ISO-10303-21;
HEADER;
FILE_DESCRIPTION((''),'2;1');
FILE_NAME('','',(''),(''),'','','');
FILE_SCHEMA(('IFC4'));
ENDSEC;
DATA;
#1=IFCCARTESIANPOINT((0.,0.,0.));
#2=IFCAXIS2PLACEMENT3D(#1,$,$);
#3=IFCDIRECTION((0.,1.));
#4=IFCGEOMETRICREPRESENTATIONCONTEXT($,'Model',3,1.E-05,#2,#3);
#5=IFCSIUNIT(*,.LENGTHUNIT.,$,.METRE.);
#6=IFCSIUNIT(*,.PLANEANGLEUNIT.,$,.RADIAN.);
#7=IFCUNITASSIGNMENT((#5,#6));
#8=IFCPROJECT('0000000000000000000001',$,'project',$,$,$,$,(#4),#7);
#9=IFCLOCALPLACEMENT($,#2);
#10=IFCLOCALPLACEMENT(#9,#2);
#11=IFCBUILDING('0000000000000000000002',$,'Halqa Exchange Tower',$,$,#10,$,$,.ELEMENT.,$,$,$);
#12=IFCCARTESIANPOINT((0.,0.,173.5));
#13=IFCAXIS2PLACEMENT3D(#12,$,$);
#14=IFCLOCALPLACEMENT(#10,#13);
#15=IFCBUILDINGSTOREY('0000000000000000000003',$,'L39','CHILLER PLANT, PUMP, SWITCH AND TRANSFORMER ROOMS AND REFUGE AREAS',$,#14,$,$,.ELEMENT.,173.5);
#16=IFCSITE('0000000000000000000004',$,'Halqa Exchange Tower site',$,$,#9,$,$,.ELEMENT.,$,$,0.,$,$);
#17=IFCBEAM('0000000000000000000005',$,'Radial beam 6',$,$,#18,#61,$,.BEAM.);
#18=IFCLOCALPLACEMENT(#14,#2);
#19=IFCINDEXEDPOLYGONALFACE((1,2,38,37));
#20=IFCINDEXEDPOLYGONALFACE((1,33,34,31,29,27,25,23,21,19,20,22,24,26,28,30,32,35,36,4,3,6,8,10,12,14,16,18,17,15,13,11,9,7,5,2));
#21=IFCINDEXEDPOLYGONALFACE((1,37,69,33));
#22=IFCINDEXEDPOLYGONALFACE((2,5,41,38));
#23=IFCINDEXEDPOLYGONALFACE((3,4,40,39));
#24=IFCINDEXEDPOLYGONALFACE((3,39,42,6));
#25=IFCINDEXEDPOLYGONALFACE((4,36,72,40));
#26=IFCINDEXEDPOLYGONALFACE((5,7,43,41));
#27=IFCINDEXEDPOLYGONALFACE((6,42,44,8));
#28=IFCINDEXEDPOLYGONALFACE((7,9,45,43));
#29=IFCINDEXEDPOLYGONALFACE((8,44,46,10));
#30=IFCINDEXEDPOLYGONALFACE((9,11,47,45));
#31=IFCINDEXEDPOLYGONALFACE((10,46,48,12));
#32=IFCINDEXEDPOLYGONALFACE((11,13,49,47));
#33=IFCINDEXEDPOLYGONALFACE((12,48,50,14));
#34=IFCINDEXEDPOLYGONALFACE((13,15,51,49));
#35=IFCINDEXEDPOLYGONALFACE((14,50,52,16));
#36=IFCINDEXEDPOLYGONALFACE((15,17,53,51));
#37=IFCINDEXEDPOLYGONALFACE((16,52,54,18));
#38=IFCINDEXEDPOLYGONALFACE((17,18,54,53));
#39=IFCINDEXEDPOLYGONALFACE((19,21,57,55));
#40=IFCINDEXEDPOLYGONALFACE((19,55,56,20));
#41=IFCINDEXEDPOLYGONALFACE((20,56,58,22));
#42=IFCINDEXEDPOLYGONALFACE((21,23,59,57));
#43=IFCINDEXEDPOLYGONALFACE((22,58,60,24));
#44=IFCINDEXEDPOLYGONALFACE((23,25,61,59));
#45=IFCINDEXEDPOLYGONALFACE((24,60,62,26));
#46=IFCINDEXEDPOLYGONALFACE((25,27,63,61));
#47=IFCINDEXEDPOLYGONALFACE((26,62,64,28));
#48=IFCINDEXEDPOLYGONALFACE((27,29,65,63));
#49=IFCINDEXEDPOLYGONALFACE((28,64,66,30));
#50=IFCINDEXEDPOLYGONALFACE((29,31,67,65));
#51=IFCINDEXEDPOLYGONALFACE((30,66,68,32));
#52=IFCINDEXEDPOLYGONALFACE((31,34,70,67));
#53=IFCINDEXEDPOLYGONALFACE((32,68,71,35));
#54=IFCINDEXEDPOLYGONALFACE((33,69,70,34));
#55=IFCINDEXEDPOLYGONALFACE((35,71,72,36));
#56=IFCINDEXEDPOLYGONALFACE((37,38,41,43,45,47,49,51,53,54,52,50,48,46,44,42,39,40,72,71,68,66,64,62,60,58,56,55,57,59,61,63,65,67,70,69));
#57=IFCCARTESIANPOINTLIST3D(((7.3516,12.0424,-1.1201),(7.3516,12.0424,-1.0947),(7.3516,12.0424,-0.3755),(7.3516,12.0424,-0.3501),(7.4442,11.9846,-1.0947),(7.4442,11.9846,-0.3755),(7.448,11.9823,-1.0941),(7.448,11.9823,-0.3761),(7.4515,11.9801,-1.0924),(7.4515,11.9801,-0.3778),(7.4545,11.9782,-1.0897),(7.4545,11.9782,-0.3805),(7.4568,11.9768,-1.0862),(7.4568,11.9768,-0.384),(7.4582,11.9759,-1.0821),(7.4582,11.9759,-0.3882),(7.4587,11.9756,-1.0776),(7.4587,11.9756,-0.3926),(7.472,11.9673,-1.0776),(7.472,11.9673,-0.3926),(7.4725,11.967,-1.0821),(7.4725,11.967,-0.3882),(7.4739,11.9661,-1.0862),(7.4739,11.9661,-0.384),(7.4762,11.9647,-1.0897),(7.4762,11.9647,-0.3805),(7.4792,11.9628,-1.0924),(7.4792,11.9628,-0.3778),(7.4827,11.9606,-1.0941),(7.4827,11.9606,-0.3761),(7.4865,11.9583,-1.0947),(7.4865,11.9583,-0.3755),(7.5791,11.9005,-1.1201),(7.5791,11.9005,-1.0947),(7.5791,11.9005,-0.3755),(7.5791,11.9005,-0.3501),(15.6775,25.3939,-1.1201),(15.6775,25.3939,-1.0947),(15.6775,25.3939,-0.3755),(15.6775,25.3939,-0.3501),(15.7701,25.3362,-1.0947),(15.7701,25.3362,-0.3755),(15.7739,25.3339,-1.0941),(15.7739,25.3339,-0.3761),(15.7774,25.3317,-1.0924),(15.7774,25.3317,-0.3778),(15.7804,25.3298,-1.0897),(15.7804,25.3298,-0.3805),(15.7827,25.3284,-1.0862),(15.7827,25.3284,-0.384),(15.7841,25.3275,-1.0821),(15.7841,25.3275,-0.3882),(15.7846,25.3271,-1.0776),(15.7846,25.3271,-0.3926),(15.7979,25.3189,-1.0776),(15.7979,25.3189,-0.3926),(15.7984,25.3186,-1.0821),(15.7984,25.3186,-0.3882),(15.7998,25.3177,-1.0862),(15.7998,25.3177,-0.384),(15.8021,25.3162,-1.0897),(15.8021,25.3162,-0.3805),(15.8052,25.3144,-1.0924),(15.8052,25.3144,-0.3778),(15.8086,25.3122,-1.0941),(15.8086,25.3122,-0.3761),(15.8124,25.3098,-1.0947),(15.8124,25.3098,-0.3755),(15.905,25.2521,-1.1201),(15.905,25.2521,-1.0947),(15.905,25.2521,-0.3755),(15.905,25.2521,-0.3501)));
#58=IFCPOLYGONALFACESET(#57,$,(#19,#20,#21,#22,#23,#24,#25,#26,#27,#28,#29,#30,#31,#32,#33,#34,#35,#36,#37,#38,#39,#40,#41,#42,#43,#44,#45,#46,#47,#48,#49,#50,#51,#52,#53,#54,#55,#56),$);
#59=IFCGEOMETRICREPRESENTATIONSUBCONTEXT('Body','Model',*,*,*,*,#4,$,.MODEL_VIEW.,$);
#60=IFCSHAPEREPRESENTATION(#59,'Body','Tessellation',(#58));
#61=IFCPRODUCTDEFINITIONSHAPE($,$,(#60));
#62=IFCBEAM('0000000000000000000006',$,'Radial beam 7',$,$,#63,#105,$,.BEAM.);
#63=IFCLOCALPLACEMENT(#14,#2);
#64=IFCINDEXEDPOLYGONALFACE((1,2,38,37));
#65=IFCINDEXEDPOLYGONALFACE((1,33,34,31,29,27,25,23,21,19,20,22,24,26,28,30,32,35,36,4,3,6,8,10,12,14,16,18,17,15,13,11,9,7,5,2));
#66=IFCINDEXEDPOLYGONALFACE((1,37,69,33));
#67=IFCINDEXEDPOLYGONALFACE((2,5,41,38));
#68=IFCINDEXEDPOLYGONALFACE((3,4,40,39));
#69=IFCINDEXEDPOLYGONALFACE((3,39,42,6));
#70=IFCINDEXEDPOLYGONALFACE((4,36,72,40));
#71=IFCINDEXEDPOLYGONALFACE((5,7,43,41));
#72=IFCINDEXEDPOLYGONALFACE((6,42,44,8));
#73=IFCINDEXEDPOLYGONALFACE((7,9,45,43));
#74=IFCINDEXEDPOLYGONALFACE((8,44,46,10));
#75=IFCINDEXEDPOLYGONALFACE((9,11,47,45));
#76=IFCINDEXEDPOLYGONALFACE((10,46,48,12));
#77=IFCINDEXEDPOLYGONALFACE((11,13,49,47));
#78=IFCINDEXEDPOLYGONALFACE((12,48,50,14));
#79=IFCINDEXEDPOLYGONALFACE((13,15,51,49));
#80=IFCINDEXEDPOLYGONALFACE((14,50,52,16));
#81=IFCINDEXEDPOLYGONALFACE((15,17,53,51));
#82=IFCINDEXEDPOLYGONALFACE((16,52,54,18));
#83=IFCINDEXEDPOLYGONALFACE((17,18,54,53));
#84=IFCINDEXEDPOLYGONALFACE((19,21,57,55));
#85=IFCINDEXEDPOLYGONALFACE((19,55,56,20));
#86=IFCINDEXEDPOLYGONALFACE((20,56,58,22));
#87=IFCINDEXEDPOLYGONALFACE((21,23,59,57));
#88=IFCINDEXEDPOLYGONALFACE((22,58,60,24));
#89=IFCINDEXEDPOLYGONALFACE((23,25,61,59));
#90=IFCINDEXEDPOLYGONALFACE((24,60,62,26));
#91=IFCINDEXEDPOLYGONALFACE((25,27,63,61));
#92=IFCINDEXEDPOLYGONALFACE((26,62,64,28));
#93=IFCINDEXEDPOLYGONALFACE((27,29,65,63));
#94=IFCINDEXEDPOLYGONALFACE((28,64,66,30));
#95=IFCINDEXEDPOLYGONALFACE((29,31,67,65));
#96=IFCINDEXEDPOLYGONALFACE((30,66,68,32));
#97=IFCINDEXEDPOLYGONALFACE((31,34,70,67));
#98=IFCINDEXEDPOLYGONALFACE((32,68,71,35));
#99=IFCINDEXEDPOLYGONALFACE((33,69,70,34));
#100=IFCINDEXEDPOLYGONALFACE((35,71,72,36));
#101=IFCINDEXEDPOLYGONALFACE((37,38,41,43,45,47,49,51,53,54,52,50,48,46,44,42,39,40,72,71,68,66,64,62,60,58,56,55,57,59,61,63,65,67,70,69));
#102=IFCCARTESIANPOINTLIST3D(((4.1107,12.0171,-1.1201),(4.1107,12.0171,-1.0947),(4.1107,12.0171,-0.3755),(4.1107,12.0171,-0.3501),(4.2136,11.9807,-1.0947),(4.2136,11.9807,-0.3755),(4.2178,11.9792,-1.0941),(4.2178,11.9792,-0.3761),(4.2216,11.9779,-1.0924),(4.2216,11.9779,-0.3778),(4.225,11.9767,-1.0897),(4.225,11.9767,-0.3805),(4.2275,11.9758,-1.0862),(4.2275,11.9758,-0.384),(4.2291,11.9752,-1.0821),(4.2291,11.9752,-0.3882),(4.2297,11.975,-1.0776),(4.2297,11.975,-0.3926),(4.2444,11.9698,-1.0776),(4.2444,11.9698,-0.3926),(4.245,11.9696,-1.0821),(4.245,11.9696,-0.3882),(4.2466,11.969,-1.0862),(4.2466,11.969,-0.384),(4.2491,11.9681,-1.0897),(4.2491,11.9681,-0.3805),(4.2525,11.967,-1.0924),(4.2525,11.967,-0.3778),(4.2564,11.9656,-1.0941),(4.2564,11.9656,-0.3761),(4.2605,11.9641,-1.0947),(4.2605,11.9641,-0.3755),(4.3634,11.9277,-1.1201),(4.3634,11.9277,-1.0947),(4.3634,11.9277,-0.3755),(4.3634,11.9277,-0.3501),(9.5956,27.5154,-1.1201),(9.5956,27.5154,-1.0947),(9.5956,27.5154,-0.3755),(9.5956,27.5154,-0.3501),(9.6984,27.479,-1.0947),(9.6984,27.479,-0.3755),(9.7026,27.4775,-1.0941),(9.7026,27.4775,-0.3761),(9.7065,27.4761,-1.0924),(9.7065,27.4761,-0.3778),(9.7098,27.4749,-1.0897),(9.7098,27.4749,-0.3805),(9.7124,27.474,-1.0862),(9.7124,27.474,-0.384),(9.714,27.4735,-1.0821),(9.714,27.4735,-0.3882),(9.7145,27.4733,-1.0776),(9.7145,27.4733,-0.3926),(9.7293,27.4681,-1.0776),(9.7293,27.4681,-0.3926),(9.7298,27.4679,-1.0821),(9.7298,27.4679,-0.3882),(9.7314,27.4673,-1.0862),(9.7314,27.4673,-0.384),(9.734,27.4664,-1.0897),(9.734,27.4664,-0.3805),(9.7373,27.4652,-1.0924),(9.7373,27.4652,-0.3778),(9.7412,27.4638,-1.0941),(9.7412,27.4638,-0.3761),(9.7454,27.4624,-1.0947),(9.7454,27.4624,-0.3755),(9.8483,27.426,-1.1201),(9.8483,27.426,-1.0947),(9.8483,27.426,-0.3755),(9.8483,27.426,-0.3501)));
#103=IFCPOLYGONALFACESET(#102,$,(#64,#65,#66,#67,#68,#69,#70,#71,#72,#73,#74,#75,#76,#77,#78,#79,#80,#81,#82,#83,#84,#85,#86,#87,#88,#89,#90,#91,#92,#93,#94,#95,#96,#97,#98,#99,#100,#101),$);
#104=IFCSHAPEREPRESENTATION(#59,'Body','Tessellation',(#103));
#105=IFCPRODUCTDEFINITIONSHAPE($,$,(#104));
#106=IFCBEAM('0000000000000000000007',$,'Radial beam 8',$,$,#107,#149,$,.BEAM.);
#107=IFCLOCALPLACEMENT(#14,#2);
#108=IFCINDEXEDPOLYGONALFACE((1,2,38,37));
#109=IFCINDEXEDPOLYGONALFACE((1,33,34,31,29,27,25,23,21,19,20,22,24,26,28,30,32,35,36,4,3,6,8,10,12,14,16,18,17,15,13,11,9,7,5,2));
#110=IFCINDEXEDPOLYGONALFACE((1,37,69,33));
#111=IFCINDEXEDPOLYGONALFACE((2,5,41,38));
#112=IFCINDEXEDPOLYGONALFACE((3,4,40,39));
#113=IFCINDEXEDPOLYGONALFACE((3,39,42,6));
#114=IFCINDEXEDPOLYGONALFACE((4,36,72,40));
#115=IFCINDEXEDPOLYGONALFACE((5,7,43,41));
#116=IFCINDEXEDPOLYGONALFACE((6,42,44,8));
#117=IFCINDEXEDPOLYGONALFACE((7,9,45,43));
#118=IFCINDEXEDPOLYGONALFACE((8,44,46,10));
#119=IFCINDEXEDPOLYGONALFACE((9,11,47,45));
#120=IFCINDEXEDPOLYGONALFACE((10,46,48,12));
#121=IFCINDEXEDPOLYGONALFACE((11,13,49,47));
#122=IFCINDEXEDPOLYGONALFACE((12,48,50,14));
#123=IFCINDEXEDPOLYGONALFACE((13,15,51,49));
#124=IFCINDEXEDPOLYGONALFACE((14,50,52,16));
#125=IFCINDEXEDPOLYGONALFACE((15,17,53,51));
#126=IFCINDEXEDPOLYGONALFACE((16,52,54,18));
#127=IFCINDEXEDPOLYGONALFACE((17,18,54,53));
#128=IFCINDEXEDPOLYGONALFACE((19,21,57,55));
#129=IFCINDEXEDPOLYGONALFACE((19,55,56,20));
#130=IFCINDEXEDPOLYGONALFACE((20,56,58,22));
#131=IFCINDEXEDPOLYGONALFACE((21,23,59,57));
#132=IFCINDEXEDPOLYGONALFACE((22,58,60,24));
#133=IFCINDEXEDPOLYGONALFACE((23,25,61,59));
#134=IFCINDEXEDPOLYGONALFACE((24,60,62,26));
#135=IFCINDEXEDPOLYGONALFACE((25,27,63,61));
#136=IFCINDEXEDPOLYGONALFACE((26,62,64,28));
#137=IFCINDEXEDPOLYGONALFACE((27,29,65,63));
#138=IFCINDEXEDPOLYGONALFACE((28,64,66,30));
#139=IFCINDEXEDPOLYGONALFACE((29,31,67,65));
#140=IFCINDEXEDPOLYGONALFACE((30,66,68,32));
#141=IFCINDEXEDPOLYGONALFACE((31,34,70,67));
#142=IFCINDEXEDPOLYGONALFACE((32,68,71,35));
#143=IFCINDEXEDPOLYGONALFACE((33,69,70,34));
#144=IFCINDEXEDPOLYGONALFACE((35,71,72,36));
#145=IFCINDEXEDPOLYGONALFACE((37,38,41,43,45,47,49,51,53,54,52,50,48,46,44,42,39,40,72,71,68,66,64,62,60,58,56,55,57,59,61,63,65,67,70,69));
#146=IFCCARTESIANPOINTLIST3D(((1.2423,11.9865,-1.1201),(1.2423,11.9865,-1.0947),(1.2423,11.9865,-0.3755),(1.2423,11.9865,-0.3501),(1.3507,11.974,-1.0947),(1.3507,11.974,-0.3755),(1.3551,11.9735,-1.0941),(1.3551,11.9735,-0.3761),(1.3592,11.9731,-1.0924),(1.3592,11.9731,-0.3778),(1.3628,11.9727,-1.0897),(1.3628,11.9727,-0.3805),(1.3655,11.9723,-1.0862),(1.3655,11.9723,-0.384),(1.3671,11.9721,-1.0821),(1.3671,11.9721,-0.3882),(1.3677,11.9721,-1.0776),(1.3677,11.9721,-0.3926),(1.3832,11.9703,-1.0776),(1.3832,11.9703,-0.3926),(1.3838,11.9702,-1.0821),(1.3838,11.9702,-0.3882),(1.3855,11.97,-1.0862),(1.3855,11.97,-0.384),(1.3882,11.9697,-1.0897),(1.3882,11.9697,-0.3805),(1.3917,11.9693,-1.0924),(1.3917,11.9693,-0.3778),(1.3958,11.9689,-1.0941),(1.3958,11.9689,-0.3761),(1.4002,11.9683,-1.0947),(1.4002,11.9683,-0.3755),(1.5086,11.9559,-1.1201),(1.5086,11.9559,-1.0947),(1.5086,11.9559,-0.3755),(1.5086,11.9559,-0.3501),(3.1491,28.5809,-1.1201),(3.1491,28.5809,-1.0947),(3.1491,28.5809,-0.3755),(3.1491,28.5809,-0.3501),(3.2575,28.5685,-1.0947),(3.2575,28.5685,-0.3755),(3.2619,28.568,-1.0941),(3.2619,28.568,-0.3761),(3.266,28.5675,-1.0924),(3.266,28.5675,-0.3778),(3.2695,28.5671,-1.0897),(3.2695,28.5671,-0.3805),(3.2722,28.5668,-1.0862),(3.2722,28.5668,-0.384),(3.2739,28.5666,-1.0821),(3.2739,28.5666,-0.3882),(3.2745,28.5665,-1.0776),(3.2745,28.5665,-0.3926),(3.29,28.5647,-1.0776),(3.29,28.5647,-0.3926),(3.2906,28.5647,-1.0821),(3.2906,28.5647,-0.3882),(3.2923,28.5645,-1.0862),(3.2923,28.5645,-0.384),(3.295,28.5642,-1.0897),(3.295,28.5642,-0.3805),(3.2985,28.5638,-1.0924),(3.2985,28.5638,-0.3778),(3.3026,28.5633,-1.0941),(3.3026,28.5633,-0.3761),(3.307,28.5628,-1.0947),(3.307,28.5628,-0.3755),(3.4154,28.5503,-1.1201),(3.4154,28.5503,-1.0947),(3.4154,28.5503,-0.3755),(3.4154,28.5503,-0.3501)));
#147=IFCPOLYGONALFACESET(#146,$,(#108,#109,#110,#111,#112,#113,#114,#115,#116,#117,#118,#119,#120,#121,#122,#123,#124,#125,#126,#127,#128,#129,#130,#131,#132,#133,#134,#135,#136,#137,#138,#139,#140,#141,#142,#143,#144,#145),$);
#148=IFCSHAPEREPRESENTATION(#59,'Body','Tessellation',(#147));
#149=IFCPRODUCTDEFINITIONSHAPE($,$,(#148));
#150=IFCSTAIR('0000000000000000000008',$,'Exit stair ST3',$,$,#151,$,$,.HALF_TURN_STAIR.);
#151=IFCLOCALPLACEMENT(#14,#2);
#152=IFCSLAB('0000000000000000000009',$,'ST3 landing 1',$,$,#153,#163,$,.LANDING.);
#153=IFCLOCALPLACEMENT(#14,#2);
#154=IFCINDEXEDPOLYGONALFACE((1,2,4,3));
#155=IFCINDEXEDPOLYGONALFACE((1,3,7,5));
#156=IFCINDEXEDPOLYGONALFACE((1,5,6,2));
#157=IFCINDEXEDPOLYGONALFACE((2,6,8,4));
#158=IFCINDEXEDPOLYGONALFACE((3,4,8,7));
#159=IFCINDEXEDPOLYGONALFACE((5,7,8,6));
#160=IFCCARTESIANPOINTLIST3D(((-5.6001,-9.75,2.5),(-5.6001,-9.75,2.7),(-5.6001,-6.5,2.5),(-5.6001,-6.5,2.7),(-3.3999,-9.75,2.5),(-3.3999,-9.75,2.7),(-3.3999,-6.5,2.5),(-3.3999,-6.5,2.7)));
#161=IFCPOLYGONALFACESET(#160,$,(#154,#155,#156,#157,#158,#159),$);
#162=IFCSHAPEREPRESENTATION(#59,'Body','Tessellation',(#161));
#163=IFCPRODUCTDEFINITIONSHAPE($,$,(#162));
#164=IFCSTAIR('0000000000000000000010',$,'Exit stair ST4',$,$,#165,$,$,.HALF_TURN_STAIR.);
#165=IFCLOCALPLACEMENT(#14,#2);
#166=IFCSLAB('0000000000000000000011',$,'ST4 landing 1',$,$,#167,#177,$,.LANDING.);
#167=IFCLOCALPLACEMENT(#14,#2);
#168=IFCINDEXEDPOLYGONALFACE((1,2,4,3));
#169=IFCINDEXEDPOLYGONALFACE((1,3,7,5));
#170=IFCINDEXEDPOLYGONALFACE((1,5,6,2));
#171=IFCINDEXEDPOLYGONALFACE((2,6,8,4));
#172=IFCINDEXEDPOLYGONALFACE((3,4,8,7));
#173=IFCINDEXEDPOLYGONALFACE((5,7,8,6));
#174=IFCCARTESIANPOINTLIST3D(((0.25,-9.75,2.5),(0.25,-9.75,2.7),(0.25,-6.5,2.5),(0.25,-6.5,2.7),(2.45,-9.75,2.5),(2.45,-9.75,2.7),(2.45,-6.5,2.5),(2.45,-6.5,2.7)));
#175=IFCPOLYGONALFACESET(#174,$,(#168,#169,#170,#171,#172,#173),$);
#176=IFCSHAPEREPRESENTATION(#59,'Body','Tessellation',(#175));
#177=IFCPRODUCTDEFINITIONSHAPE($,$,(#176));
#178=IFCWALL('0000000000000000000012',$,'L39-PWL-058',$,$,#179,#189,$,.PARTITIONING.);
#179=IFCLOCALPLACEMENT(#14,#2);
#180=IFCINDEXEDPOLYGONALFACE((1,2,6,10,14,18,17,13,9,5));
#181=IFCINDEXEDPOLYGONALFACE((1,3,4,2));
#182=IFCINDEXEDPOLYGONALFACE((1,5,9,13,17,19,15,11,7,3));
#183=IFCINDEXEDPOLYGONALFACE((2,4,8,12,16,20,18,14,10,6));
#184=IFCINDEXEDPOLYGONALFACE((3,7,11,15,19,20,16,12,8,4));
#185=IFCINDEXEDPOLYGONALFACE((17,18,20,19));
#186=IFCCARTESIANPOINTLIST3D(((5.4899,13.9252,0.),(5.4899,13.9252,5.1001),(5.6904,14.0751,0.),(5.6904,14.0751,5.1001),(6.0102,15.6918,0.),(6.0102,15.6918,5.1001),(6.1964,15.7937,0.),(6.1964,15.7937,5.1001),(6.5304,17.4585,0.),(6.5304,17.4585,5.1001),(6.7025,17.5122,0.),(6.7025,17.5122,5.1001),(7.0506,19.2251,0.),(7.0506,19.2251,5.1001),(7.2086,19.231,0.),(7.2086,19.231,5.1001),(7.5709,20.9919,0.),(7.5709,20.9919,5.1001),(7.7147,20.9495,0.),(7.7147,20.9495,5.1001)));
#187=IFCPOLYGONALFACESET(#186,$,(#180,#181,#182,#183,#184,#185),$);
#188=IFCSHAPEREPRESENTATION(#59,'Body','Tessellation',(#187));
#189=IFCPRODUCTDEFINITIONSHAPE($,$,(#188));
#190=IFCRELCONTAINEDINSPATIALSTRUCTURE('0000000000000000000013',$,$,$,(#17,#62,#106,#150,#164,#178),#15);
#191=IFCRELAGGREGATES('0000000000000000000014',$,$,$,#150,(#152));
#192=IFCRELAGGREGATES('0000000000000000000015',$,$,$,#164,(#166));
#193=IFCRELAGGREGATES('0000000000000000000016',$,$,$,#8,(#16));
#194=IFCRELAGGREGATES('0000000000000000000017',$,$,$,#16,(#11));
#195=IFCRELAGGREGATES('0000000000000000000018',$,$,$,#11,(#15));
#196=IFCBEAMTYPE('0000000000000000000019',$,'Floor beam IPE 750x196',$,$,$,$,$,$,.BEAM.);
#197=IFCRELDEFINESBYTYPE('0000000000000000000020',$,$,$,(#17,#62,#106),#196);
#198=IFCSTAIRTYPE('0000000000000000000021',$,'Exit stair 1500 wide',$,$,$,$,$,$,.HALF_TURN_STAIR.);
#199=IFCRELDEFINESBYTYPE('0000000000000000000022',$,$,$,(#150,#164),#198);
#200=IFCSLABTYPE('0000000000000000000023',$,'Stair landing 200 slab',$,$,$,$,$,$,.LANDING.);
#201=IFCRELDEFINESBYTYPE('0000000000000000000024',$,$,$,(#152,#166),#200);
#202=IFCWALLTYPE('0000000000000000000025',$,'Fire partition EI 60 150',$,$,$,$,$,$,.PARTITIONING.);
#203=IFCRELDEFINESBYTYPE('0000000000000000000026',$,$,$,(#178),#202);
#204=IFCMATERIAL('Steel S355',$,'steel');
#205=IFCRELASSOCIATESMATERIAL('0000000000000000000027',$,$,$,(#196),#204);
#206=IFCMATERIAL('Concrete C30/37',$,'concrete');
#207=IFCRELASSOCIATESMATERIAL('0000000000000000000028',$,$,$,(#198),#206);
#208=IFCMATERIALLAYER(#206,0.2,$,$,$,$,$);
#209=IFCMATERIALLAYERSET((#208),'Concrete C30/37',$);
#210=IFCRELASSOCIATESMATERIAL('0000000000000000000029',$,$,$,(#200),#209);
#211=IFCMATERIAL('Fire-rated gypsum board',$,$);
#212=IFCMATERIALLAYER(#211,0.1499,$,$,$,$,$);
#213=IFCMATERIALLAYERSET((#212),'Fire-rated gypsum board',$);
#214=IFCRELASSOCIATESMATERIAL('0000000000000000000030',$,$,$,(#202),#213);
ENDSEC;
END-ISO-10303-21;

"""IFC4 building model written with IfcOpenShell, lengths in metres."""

from ifc_helpers import new_model, si_unit, direction, frame, origin, origin_2d, place, context, subcontext, project, spatial, polyline, i_section, outline, extrude, material, layer, layer_set, material_profile, profile_set, type_object, element, aggregate, save


model = new_model("IFC4")

# Units and contexts
model_context = context("Model", 3, precision=1e-05, world=origin(), true_north=direction((0.0, 1.0)))
body_context = subcontext(model_context, "Body", "Model", "MODEL_VIEW")
ifc_project = project(units=[si_unit("LENGTHUNIT", "METRE"), si_unit("PLANEANGLEUNIT", "RADIAN")], contexts=[model_context])

# Site, building, storey
site_placement = place(None, origin())
site = spatial("IfcSite", under=ifc_project, at=site_placement, Name="Halqa Exchange Tower site", CompositionType="ELEMENT", RefElevation=0.0)
building_placement = place(site_placement, origin())
building = spatial("IfcBuilding", under=site, at=building_placement, Name="Halqa Exchange Tower", CompositionType="ELEMENT")
storey_placement = place(building_placement, frame((0.0, 0.0, 173.5)))
storey = spatial("IfcBuildingStorey", under=building, at=storey_placement, Name="L39", Description="CHILLER PLANT, PUMP, SWITCH AND TRANSFORMER ROOMS AND REFUGE AREAS", CompositionType="ELEMENT", Elevation=173.5)

# Beams
ifc_material_1 = material(Name="Steel S355", Category="steel")
ifc_material_profile = material_profile(ifc_material_1, i_section(OverallWidth=0.2681, OverallDepth=0.77, WebThickness=0.0156, FlangeThickness=0.0254, FilletRadius=0.0171, at=origin_2d()), Name="IPE 750x196")
ifc_profile_set = profile_set([ifc_material_profile], Name="Steel S355")
beam_type = type_object("IfcBeamType", Name="Floor beam IPE 750x196", PredefinedType="BEAM", material=ifc_profile_set)
beam_1_placement = place(storey_placement, frame((7.4653, 11.9714, -0.7351), z_axis=(0.52914, 0.848535, 0.0), x_axis=(-0.848535, 0.52914, 0.0)))
element("IfcBeam", 1, at=beam_1_placement, inside=storey, type_object=beam_type, Name="Radial beam 6", PredefinedType="BEAM", context=body_context, shape_type="SweptSolid", body=[
    extrude(i_section(OverallWidth=0.2681, OverallDepth=0.77, WebThickness=0.0156, FlangeThickness=0.0254, FilletRadius=0.0171, at=origin_2d()), origin(), (0.0, 0.0, 1.0), 15.7349),
])
beam_2_placement = place(storey_placement, frame((4.2371, 11.9724, -0.7351), z_axis=(0.333625, 0.942706, 0.0), x_axis=(-0.942706, 0.333625, 0.0)))
element("IfcBeam", 2, at=beam_2_placement, inside=storey, type_object=beam_type, Name="Radial beam 7", PredefinedType="BEAM", context=body_context, shape_type="SweptSolid", body=[
    extrude(i_section(OverallWidth=0.2681, OverallDepth=0.77, WebThickness=0.0156, FlangeThickness=0.0254, FilletRadius=0.0171, at=origin_2d()), origin(), (0.0, 0.0, 1.0), 16.4402),
])
beam_3_placement = place(storey_placement, frame((1.3755, 11.9712, -0.7351), z_axis=(0.114151, 0.993463, 0.0), x_axis=(-0.993463, 0.114151, 0.0)))
element("IfcBeam", 3, at=beam_3_placement, inside=storey, type_object=beam_type, Name="Radial beam 8", PredefinedType="BEAM", context=body_context, shape_type="SweptSolid", body=[
    extrude(i_section(OverallWidth=0.2681, OverallDepth=0.77, WebThickness=0.0156, FlangeThickness=0.0254, FilletRadius=0.0171, at=origin_2d()), origin(), (0.0, 0.0, 1.0), 16.7036),
])

# Stairs, slabs
ifc_material_2 = material(Name="Concrete C30/37", Category="concrete")
stair_type = type_object("IfcStairType", Name="Exit stair 1500 wide", PredefinedType="HALF_TURN_STAIR", material=ifc_material_2)
stair_1_placement = place(storey_placement, origin())
stair_1 = element("IfcStair", 4, at=stair_1_placement, inside=storey, type_object=stair_type, Name="Exit stair ST3", PredefinedType="HALF_TURN_STAIR")
ifc_layer_1 = layer(ifc_material_2, 0.2)
ifc_layer_set_1 = layer_set([ifc_layer_1], Name="Concrete C30/37")
slab_type = type_object("IfcSlabType", Name="Stair landing 200 slab", PredefinedType="LANDING", material=ifc_layer_set_1)
slab_1_placement = place(storey_placement, frame((0.0, 0.0, 2.5)))
slab_1 = element("IfcSlab", 5, at=slab_1_placement, type_object=slab_type, Name="ST3 landing 1", PredefinedType="LANDING", context=body_context, shape_type="SweptSolid", body=[
    extrude(outline(polyline([(-5.6001, -9.75), (-3.3999, -9.75), (-3.3999, -6.5), (-5.6001, -6.5), (-5.6001, -9.75)])), origin(), (0.0, 0.0, 1.0), 0.2),
])
aggregate(stair_1, [slab_1])
stair_2_placement = place(storey_placement, origin())
stair_2 = element("IfcStair", 6, at=stair_2_placement, inside=storey, type_object=stair_type, Name="Exit stair ST4", PredefinedType="HALF_TURN_STAIR")
slab_2_placement = place(storey_placement, frame((0.0, 0.0, 2.5)))
slab_2 = element("IfcSlab", 7, at=slab_2_placement, type_object=slab_type, Name="ST4 landing 1", PredefinedType="LANDING", context=body_context, shape_type="SweptSolid", body=[
    extrude(outline(polyline([(0.25, -9.75), (2.45, -9.75), (2.45, -6.5), (0.25, -6.5), (0.25, -9.75)])), origin(), (0.0, 0.0, 1.0), 0.2),
])
aggregate(stair_2, [slab_2])

# Shared definitions
ifc_material_3 = material(Name="Fire-rated gypsum board")
ifc_layer_2 = layer(ifc_material_3, 0.1499)
ifc_layer_set_2 = layer_set([ifc_layer_2], Name="Fire-rated gypsum board")
wall_type_1 = type_object("IfcWallType", Name="Fire partition EI 60 150", PredefinedType="PARTITIONING", material=ifc_layer_set_2)

# Wall
wall_1_placement = place(storey_placement, frame((5.5618, 13.9038, 0.0), z_axis=(0.0, 0.0, 1.0), x_axis=(0.282486, 0.959272, 0.0)))
element("IfcWall", 8, at=wall_1_placement, inside=storey, type_object=wall_type_1, Name="L39-PWL-058", PredefinedType="PARTITIONING", context=body_context, shape_type="SweptSolid", body=[
    extrude(outline(polyline([(7.3669, 0.075), (5.5251, 0.075), (3.6836, 0.075), (1.8418, 0.075), (0.0002, 0.075), (0.2007, -0.075), (1.9922, -0.075), (3.7837, -0.075), (5.5754, -0.075), (7.3669, -0.075), (7.3669, 0.075)])), origin(), (0.0, 0.0, 1.0), 5.1001),
])

save(model, "model.ifc")
